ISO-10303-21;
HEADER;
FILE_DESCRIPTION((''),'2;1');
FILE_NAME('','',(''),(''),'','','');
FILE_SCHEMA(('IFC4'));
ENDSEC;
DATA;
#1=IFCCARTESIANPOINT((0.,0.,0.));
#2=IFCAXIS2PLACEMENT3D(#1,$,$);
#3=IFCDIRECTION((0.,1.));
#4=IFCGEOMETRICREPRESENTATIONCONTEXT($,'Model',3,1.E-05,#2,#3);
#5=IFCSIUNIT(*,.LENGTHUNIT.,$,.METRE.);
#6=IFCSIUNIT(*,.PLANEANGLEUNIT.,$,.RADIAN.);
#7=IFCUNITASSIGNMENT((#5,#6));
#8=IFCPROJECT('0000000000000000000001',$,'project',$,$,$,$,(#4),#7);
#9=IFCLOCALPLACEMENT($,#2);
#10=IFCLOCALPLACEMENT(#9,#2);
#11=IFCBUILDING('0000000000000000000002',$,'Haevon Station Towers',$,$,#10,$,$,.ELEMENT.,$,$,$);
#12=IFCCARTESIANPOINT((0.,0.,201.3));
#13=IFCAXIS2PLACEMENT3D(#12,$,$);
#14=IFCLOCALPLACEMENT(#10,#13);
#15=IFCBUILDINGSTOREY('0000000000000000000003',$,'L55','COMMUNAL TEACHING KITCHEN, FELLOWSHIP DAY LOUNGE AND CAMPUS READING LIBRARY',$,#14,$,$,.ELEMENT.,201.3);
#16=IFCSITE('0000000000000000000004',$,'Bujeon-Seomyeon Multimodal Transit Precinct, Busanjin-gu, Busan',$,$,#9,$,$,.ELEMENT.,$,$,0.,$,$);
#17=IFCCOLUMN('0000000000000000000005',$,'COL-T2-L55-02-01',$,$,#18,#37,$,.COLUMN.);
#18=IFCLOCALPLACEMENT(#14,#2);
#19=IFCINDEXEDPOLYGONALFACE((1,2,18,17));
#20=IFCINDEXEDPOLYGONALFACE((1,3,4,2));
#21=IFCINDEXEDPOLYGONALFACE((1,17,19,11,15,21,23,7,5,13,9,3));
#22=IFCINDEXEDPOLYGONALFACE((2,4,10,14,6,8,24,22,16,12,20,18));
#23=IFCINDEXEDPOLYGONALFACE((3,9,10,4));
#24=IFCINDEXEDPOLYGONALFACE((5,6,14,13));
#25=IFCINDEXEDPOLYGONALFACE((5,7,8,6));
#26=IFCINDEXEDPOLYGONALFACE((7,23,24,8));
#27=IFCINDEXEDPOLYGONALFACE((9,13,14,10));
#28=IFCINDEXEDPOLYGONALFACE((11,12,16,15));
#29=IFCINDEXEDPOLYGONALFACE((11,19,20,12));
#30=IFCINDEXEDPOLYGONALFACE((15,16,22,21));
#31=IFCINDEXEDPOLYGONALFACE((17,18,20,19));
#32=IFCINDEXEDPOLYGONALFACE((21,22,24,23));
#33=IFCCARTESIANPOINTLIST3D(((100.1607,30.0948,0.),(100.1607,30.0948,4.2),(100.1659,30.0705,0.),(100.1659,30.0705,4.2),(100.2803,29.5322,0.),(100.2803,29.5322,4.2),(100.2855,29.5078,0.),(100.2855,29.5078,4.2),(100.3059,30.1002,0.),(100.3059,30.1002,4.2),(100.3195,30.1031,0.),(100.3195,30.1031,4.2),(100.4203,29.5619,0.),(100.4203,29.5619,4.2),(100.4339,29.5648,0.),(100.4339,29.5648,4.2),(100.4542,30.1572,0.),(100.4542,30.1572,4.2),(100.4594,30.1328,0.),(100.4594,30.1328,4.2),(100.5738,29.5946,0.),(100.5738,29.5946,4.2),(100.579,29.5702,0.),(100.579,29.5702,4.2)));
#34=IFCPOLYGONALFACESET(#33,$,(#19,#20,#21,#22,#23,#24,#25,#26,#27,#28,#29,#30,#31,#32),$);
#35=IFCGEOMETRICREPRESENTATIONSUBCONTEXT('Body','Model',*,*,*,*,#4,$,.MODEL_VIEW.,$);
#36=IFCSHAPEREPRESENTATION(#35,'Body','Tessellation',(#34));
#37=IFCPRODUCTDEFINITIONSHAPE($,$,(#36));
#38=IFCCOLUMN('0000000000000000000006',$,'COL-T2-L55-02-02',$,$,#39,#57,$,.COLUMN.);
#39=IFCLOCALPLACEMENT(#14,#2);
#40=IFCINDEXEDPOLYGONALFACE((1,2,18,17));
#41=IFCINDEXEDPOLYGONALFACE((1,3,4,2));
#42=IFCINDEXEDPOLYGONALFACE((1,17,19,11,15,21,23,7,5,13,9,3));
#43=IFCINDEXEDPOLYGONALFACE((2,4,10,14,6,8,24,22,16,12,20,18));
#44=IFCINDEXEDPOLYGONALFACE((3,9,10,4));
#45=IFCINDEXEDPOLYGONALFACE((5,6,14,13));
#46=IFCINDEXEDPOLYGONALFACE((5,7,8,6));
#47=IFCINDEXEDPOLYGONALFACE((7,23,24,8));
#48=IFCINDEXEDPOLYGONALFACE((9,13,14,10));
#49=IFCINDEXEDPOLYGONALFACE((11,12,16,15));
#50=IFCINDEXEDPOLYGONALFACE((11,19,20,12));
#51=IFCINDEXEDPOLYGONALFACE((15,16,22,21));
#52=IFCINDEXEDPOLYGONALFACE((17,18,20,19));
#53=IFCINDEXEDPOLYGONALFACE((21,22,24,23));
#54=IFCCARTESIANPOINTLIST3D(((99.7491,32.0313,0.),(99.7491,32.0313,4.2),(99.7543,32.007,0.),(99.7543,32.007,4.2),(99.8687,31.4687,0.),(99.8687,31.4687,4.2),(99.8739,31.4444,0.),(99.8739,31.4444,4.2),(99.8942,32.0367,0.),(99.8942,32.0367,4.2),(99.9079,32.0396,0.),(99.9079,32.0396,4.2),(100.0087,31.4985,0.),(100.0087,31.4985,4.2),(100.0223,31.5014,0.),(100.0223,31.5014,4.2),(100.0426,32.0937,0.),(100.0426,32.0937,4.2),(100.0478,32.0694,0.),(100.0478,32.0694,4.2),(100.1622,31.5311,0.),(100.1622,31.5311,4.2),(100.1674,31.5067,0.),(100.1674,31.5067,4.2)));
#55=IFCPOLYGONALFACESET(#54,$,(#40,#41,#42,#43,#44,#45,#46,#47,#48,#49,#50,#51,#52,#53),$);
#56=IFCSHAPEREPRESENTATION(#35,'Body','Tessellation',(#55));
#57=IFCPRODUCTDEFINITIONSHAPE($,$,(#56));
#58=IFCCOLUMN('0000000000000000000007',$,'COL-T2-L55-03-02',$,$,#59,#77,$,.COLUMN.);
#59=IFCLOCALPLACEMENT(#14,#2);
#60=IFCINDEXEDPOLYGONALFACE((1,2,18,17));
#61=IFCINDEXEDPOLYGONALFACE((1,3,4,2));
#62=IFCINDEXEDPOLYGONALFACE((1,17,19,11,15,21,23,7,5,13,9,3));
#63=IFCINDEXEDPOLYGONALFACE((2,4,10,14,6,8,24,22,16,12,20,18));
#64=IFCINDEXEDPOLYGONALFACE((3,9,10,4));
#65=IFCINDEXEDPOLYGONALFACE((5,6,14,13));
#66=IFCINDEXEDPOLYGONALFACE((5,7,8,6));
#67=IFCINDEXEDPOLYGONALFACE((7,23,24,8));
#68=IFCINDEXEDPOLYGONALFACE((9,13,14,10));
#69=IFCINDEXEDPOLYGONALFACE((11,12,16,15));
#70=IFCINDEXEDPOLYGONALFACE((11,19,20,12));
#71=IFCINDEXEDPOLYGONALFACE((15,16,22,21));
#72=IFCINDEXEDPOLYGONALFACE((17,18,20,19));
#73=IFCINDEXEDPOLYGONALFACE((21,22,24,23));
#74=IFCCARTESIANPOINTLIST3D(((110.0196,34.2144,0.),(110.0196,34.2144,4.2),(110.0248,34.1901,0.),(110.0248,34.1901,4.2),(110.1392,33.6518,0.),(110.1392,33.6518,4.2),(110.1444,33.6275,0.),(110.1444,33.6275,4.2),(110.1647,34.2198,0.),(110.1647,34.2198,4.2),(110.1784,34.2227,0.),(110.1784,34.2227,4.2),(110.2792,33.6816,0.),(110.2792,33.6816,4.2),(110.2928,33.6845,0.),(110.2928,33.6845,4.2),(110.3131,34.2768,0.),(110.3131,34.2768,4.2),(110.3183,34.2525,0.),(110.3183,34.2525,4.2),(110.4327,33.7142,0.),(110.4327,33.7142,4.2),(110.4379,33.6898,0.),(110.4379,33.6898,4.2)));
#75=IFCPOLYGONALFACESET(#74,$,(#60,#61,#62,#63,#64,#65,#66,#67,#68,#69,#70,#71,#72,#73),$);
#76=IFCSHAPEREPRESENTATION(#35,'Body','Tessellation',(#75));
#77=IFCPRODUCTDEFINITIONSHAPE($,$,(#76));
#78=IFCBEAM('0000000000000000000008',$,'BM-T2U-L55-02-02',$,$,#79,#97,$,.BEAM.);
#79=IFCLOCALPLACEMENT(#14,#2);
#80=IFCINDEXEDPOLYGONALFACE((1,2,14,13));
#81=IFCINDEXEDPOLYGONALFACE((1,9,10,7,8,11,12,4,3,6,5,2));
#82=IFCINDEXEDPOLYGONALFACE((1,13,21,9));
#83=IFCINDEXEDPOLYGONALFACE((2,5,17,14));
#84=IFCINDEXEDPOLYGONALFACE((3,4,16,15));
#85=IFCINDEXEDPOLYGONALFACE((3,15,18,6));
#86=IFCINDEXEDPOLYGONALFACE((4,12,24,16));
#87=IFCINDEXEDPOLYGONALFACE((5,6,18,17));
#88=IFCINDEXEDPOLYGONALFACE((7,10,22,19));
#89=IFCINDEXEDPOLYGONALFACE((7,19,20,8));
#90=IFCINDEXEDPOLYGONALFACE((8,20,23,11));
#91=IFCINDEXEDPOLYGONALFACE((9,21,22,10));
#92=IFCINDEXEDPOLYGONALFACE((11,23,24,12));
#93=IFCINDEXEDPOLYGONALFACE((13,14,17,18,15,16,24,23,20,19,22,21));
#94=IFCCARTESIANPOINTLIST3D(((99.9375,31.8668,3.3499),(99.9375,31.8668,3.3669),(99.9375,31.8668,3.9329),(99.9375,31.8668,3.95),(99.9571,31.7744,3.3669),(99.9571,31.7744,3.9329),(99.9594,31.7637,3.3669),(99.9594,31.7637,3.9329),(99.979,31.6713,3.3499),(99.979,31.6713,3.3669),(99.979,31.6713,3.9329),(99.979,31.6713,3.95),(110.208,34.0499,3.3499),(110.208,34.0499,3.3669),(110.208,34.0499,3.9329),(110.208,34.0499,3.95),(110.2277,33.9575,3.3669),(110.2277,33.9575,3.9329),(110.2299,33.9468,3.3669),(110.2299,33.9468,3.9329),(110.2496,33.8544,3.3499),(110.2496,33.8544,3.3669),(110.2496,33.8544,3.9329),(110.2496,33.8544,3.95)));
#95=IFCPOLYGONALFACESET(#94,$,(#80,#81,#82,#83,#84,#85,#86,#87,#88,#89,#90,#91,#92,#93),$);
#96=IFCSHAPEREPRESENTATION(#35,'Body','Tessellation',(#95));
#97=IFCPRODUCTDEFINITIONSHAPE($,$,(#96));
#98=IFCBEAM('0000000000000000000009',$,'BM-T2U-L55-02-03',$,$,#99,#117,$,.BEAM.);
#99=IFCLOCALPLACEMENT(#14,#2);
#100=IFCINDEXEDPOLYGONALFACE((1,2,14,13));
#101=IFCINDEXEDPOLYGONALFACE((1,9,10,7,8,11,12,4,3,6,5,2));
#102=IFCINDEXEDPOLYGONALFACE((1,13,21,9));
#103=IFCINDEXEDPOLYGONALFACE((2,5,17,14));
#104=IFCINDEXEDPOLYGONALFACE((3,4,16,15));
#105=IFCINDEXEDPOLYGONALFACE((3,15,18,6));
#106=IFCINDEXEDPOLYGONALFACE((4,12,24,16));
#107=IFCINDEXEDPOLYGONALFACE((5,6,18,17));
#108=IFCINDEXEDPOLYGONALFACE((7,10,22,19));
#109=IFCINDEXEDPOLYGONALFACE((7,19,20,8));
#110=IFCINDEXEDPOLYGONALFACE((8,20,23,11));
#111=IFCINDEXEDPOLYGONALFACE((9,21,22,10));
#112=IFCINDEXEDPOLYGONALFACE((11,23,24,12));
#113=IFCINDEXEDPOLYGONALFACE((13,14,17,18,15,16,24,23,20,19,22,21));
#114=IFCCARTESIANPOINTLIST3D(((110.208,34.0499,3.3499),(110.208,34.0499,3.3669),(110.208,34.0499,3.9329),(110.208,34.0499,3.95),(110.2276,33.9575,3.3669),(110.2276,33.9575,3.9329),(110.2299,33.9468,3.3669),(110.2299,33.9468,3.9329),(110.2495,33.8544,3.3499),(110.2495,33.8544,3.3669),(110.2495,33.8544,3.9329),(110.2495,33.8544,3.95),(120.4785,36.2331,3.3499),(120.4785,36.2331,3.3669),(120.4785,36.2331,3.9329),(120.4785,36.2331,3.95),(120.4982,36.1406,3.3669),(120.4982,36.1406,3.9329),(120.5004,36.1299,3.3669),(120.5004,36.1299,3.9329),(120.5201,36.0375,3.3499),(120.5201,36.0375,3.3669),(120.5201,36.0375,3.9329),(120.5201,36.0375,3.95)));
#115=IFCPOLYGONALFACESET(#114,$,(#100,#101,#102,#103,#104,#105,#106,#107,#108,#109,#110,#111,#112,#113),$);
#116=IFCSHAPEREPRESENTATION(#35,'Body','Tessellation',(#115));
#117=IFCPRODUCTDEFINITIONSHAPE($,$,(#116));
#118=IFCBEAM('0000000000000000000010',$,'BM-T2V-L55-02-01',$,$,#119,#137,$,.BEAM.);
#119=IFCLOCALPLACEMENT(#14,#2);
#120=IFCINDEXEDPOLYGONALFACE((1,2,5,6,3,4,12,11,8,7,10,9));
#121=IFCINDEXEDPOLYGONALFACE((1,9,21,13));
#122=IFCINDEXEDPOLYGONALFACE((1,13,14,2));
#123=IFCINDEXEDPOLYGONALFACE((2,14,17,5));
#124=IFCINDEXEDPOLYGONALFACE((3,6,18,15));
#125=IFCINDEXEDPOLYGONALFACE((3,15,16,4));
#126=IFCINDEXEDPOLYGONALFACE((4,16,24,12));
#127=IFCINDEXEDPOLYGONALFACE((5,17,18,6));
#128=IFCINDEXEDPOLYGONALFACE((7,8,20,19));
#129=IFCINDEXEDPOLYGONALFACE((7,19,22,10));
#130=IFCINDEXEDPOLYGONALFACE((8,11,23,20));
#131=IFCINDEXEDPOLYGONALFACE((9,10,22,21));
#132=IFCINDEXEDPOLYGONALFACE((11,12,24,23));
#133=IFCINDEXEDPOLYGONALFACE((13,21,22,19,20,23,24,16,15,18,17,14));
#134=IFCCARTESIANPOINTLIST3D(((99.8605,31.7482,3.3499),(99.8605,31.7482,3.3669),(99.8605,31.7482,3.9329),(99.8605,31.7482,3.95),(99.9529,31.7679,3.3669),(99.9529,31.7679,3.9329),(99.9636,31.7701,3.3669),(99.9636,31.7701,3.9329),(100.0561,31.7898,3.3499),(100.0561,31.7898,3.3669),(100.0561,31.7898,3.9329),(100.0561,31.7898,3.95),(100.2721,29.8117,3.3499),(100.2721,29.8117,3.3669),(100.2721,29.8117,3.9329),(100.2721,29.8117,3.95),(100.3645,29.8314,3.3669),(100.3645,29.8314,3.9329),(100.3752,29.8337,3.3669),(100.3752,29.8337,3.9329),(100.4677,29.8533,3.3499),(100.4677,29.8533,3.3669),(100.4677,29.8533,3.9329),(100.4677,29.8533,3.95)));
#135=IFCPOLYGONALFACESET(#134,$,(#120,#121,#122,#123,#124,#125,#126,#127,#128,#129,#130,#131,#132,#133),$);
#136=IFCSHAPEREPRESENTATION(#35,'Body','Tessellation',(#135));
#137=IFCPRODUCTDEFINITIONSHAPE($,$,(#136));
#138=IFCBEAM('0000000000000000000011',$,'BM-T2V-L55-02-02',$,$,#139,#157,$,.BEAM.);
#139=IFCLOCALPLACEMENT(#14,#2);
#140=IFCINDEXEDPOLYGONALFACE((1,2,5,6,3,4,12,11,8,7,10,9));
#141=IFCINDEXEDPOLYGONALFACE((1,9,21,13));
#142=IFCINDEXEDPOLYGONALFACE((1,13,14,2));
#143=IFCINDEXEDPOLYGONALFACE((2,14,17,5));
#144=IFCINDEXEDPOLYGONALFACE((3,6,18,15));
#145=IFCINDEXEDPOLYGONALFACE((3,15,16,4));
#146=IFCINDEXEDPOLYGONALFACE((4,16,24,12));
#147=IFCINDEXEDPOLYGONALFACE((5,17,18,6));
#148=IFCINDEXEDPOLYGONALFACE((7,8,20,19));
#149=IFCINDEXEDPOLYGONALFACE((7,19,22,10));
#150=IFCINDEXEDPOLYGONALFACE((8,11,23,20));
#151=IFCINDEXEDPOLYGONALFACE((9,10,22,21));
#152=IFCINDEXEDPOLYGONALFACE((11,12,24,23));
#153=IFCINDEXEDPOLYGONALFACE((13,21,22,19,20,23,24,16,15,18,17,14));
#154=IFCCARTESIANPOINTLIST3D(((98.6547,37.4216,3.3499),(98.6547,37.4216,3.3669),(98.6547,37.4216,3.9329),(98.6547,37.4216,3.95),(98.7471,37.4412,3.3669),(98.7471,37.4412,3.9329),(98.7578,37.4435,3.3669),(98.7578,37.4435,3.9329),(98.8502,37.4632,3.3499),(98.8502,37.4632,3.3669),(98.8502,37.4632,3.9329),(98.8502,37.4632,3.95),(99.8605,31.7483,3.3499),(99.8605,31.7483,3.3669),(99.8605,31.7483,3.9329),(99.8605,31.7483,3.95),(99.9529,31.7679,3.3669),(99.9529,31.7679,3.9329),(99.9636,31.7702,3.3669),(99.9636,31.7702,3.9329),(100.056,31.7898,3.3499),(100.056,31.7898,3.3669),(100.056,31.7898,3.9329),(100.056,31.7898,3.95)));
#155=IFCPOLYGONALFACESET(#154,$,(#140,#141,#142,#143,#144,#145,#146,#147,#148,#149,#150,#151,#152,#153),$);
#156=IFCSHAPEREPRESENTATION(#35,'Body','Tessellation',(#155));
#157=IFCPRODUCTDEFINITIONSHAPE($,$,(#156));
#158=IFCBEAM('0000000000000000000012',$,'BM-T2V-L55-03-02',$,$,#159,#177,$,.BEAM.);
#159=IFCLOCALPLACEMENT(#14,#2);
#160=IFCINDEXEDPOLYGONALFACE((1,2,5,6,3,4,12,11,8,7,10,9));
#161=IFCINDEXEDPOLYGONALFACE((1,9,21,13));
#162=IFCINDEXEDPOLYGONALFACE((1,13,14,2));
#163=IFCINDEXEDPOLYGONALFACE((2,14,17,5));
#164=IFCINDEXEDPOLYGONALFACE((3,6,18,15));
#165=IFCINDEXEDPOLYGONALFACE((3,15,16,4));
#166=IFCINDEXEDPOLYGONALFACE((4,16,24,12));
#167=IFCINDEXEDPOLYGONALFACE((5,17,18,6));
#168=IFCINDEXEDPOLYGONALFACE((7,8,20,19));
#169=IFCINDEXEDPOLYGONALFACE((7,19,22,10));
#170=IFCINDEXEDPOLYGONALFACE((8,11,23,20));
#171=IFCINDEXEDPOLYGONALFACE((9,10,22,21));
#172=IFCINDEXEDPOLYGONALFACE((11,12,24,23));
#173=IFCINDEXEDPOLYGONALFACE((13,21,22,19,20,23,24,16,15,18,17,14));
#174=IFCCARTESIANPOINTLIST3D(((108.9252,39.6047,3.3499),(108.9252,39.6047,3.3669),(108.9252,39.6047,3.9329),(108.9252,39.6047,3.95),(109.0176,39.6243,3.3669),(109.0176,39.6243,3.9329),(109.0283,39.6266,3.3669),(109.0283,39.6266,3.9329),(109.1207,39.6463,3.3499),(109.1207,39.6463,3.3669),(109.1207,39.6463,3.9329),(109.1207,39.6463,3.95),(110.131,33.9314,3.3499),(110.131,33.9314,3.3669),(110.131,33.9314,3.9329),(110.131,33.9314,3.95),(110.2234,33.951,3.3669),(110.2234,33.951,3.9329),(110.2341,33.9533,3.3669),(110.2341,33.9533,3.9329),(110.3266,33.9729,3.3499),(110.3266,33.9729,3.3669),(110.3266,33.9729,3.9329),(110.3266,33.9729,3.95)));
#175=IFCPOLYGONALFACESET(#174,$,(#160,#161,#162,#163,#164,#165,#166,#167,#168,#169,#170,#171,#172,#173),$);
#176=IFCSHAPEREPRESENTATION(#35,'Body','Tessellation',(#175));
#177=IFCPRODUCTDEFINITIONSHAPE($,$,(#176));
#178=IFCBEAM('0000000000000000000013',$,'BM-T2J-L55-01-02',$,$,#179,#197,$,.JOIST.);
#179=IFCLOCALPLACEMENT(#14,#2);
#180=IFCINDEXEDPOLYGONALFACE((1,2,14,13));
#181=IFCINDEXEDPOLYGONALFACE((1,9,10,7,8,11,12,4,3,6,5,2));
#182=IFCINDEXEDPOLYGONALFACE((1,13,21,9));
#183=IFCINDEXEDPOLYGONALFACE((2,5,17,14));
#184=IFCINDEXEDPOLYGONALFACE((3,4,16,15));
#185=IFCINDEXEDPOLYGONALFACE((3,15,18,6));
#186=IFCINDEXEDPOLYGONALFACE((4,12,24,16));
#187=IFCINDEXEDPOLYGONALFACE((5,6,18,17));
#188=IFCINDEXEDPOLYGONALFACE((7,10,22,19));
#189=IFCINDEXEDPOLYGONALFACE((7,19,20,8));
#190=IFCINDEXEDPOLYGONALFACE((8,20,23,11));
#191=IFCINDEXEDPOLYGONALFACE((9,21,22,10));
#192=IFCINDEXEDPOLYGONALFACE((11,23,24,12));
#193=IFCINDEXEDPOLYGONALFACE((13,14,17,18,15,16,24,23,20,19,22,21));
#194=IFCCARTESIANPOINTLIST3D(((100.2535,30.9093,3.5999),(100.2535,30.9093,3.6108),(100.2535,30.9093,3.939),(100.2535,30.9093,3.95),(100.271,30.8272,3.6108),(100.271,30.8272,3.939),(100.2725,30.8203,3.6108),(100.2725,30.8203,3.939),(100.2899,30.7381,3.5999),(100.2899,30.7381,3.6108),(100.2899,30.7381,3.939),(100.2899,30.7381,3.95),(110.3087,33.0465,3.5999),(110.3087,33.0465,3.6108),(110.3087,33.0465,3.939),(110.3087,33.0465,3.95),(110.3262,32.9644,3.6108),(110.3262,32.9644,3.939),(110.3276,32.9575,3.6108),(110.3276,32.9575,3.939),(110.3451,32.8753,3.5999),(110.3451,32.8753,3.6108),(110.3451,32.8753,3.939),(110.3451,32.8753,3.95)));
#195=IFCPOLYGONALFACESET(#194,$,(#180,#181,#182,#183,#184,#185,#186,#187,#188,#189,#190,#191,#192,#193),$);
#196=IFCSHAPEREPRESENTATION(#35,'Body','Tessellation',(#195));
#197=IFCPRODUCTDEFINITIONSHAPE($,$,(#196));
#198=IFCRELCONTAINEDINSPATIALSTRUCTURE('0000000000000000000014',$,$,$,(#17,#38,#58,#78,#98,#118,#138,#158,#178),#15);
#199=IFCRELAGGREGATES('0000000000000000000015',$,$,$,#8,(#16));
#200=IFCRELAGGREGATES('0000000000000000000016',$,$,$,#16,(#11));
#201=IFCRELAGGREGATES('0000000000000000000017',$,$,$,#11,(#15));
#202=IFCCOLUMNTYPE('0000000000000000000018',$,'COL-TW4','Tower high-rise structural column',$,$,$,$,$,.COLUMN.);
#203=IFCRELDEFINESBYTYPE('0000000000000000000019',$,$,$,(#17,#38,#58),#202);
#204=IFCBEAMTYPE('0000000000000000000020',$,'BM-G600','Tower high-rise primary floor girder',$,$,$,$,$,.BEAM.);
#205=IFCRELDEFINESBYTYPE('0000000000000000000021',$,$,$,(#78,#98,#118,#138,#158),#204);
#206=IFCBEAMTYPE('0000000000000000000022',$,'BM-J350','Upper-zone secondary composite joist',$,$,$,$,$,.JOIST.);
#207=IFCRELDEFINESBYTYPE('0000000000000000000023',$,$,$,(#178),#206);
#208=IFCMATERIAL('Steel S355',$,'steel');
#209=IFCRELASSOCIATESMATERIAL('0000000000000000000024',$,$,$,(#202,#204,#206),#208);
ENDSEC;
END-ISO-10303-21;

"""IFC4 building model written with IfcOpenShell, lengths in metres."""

from ifc_helpers import new_model, si_unit, direction, frame, origin, origin_2d, place, context, subcontext, project, spatial, i_section, extrude, material, material_profile, profile_set, type_object, element, save


model = new_model("IFC4")

# Units and contexts
model_context = context("Model", 3, precision=1e-05, world=origin(), true_north=direction((0.0, 1.0)))
body_context = subcontext(model_context, "Body", "Model", "MODEL_VIEW")
ifc_project = project(units=[si_unit("LENGTHUNIT", "METRE"), si_unit("PLANEANGLEUNIT", "RADIAN")], contexts=[model_context])

# Site, building, storey
site_placement = place(None, origin())
site = spatial("IfcSite", under=ifc_project, at=site_placement, Name="Bujeon-Seomyeon Multimodal Transit Precinct, Busanjin-gu, Busan", CompositionType="ELEMENT", RefElevation=0.0)
building_placement = place(site_placement, origin())
building = spatial("IfcBuilding", under=site, at=building_placement, Name="Haevon Station Towers", CompositionType="ELEMENT")
storey_placement = place(building_placement, frame((0.0, 0.0, 201.3)))
storey = spatial("IfcBuildingStorey", under=building, at=storey_placement, Name="L55", Description="COMMUNAL TEACHING KITCHEN, FELLOWSHIP DAY LOUNGE AND CAMPUS READING LIBRARY", CompositionType="ELEMENT", Elevation=201.3)

# Columns
ifc_material_1 = material(Name="Steel S355", Category="steel")
ifc_material_profile_1 = material_profile(ifc_material_1, i_section(OverallWidth=0.3, OverallDepth=0.6001, WebThickness=0.0139, FlangeThickness=0.0249, at=origin_2d()), Name="H-600x300x14x25")
ifc_profile_set_1 = profile_set([ifc_material_profile_1], Name="Steel S355")
column_type = type_object("IfcColumnType", Name="COL-TW4", Description="Tower high-rise structural column", PredefinedType="COLUMN", material=ifc_profile_set_1)
for number, where, z_axis, x_axis, name in (
    (1, (100.3699, 29.8325, 0.0), (0.0, 0.0, 1.0), (0.978148, 0.207912, 0.0), "COL-T2-L55-02-01"),
    (2, (99.9583, 31.769, 0.0), (0.0, 0.0, 1.0), (0.978148, 0.207912, 0.0), "COL-T2-L55-02-02"),
    (3, (110.2288, 33.9521, 0.0), (0.0, 0.0, 1.0), (0.978148, 0.207912, 0.0), "COL-T2-L55-03-02"),
):
    element("IfcColumn", number, at=place(storey_placement, frame(where, z_axis=z_axis, x_axis=x_axis)), inside=storey, type_object=column_type, Name=name, PredefinedType="COLUMN", context=body_context, shape_type="SweptSolid", body=[
        extrude(i_section(OverallWidth=0.3, OverallDepth=0.6001, WebThickness=0.0139, FlangeThickness=0.0249, at=origin_2d()), origin(), (0.0, 0.0, 1.0), 4.2),
    ])

# Beams
ifc_material_profile_2 = material_profile(ifc_material_1, i_section(OverallWidth=0.2, OverallDepth=0.6001, WebThickness=0.011, FlangeThickness=0.0171, at=origin_2d()), Name="H-600x200x11x17")
ifc_profile_set_2 = profile_set([ifc_material_profile_2], Name="Steel S355")
beam_type_1 = type_object("IfcBeamType", Name="BM-G600", Description="Tower high-rise primary floor girder", PredefinedType="BEAM", material=ifc_profile_set_2)
for number, where, z_axis, x_axis, name in (
    (4, (99.9583, 31.769, 3.6499), (0.978147, 0.207915, 0.0), (-0.207915, 0.978147, 0.0), "BM-T2U-L55-02-02"),
    (5, (110.2288, 33.9521, 3.6499), (0.978147, 0.207915, 0.0), (-0.207915, 0.978147, 0.0), "BM-T2U-L55-02-03"),
):
    element("IfcBeam", number, at=place(storey_placement, frame(where, z_axis=z_axis, x_axis=x_axis)), inside=storey, type_object=beam_type_1, Name=name, PredefinedType="BEAM", context=body_context, shape_type="SweptSolid", body=[
        extrude(i_section(OverallWidth=0.2, OverallDepth=0.6001, WebThickness=0.011, FlangeThickness=0.0171, at=origin_2d()), origin(), (0.0, 0.0, 1.0), 10.5),
    ])
beam_1_placement = place(storey_placement, frame((100.3699, 29.8325, 3.6499), z_axis=(-0.207912, 0.978148, 0.0), x_axis=(-0.978148, -0.207912, 0.0)))
element("IfcBeam", 6, at=beam_1_placement, inside=storey, type_object=beam_type_1, Name="BM-T2V-L55-02-01", PredefinedType="BEAM", context=body_context, shape_type="SweptSolid", body=[
    extrude(i_section(OverallWidth=0.2, OverallDepth=0.6001, WebThickness=0.011, FlangeThickness=0.0171, at=origin_2d()), origin(), (0.0, 0.0, 1.0), 1.9797),
])
for number, where, z_axis, x_axis, name in (
    (7, (99.9583, 31.769, 3.6499), (-0.207896, 0.978151, 0.0), (-0.978151, -0.207896, 0.0), "BM-T2V-L55-02-02"),
    (8, (110.2288, 33.9521, 3.6499), (-0.207896, 0.978151, 0.0), (-0.978151, -0.207896, 0.0), "BM-T2V-L55-03-02"),
):
    element("IfcBeam", number, at=place(storey_placement, frame(where, z_axis=z_axis, x_axis=x_axis)), inside=storey, type_object=beam_type_1, Name=name, PredefinedType="BEAM", context=body_context, shape_type="SweptSolid", body=[
        extrude(i_section(OverallWidth=0.2, OverallDepth=0.6001, WebThickness=0.011, FlangeThickness=0.0171, at=origin_2d()), origin(), (0.0, 0.0, 1.0), 5.8),
    ])
ifc_material_profile_3 = material_profile(ifc_material_1, i_section(OverallWidth=0.175, OverallDepth=0.3501, WebThickness=0.0071, FlangeThickness=0.011, at=origin_2d()), Name="H-350x175x7x11")
ifc_profile_set_3 = profile_set([ifc_material_profile_3], Name="Steel S355")
beam_type_2 = type_object("IfcBeamType", Name="BM-J350", Description="Upper-zone secondary composite joist", PredefinedType="JOIST", material=ifc_profile_set_3)
beam_2_placement = place(storey_placement, frame((100.2717, 30.8237, 3.7749), z_axis=(0.978149, 0.207904, 0.0), x_axis=(-0.207904, 0.978149, 0.0)))
element("IfcBeam", 9, at=beam_2_placement, inside=storey, type_object=beam_type_2, Name="BM-T2J-L55-01-02", PredefinedType="JOIST", context=body_context, shape_type="SweptSolid", body=[
    extrude(i_section(OverallWidth=0.175, OverallDepth=0.3501, WebThickness=0.0071, FlangeThickness=0.011, at=origin_2d()), origin(), (0.0, 0.0, 1.0), 10.2798),
])

save(model, "model.ifc")
